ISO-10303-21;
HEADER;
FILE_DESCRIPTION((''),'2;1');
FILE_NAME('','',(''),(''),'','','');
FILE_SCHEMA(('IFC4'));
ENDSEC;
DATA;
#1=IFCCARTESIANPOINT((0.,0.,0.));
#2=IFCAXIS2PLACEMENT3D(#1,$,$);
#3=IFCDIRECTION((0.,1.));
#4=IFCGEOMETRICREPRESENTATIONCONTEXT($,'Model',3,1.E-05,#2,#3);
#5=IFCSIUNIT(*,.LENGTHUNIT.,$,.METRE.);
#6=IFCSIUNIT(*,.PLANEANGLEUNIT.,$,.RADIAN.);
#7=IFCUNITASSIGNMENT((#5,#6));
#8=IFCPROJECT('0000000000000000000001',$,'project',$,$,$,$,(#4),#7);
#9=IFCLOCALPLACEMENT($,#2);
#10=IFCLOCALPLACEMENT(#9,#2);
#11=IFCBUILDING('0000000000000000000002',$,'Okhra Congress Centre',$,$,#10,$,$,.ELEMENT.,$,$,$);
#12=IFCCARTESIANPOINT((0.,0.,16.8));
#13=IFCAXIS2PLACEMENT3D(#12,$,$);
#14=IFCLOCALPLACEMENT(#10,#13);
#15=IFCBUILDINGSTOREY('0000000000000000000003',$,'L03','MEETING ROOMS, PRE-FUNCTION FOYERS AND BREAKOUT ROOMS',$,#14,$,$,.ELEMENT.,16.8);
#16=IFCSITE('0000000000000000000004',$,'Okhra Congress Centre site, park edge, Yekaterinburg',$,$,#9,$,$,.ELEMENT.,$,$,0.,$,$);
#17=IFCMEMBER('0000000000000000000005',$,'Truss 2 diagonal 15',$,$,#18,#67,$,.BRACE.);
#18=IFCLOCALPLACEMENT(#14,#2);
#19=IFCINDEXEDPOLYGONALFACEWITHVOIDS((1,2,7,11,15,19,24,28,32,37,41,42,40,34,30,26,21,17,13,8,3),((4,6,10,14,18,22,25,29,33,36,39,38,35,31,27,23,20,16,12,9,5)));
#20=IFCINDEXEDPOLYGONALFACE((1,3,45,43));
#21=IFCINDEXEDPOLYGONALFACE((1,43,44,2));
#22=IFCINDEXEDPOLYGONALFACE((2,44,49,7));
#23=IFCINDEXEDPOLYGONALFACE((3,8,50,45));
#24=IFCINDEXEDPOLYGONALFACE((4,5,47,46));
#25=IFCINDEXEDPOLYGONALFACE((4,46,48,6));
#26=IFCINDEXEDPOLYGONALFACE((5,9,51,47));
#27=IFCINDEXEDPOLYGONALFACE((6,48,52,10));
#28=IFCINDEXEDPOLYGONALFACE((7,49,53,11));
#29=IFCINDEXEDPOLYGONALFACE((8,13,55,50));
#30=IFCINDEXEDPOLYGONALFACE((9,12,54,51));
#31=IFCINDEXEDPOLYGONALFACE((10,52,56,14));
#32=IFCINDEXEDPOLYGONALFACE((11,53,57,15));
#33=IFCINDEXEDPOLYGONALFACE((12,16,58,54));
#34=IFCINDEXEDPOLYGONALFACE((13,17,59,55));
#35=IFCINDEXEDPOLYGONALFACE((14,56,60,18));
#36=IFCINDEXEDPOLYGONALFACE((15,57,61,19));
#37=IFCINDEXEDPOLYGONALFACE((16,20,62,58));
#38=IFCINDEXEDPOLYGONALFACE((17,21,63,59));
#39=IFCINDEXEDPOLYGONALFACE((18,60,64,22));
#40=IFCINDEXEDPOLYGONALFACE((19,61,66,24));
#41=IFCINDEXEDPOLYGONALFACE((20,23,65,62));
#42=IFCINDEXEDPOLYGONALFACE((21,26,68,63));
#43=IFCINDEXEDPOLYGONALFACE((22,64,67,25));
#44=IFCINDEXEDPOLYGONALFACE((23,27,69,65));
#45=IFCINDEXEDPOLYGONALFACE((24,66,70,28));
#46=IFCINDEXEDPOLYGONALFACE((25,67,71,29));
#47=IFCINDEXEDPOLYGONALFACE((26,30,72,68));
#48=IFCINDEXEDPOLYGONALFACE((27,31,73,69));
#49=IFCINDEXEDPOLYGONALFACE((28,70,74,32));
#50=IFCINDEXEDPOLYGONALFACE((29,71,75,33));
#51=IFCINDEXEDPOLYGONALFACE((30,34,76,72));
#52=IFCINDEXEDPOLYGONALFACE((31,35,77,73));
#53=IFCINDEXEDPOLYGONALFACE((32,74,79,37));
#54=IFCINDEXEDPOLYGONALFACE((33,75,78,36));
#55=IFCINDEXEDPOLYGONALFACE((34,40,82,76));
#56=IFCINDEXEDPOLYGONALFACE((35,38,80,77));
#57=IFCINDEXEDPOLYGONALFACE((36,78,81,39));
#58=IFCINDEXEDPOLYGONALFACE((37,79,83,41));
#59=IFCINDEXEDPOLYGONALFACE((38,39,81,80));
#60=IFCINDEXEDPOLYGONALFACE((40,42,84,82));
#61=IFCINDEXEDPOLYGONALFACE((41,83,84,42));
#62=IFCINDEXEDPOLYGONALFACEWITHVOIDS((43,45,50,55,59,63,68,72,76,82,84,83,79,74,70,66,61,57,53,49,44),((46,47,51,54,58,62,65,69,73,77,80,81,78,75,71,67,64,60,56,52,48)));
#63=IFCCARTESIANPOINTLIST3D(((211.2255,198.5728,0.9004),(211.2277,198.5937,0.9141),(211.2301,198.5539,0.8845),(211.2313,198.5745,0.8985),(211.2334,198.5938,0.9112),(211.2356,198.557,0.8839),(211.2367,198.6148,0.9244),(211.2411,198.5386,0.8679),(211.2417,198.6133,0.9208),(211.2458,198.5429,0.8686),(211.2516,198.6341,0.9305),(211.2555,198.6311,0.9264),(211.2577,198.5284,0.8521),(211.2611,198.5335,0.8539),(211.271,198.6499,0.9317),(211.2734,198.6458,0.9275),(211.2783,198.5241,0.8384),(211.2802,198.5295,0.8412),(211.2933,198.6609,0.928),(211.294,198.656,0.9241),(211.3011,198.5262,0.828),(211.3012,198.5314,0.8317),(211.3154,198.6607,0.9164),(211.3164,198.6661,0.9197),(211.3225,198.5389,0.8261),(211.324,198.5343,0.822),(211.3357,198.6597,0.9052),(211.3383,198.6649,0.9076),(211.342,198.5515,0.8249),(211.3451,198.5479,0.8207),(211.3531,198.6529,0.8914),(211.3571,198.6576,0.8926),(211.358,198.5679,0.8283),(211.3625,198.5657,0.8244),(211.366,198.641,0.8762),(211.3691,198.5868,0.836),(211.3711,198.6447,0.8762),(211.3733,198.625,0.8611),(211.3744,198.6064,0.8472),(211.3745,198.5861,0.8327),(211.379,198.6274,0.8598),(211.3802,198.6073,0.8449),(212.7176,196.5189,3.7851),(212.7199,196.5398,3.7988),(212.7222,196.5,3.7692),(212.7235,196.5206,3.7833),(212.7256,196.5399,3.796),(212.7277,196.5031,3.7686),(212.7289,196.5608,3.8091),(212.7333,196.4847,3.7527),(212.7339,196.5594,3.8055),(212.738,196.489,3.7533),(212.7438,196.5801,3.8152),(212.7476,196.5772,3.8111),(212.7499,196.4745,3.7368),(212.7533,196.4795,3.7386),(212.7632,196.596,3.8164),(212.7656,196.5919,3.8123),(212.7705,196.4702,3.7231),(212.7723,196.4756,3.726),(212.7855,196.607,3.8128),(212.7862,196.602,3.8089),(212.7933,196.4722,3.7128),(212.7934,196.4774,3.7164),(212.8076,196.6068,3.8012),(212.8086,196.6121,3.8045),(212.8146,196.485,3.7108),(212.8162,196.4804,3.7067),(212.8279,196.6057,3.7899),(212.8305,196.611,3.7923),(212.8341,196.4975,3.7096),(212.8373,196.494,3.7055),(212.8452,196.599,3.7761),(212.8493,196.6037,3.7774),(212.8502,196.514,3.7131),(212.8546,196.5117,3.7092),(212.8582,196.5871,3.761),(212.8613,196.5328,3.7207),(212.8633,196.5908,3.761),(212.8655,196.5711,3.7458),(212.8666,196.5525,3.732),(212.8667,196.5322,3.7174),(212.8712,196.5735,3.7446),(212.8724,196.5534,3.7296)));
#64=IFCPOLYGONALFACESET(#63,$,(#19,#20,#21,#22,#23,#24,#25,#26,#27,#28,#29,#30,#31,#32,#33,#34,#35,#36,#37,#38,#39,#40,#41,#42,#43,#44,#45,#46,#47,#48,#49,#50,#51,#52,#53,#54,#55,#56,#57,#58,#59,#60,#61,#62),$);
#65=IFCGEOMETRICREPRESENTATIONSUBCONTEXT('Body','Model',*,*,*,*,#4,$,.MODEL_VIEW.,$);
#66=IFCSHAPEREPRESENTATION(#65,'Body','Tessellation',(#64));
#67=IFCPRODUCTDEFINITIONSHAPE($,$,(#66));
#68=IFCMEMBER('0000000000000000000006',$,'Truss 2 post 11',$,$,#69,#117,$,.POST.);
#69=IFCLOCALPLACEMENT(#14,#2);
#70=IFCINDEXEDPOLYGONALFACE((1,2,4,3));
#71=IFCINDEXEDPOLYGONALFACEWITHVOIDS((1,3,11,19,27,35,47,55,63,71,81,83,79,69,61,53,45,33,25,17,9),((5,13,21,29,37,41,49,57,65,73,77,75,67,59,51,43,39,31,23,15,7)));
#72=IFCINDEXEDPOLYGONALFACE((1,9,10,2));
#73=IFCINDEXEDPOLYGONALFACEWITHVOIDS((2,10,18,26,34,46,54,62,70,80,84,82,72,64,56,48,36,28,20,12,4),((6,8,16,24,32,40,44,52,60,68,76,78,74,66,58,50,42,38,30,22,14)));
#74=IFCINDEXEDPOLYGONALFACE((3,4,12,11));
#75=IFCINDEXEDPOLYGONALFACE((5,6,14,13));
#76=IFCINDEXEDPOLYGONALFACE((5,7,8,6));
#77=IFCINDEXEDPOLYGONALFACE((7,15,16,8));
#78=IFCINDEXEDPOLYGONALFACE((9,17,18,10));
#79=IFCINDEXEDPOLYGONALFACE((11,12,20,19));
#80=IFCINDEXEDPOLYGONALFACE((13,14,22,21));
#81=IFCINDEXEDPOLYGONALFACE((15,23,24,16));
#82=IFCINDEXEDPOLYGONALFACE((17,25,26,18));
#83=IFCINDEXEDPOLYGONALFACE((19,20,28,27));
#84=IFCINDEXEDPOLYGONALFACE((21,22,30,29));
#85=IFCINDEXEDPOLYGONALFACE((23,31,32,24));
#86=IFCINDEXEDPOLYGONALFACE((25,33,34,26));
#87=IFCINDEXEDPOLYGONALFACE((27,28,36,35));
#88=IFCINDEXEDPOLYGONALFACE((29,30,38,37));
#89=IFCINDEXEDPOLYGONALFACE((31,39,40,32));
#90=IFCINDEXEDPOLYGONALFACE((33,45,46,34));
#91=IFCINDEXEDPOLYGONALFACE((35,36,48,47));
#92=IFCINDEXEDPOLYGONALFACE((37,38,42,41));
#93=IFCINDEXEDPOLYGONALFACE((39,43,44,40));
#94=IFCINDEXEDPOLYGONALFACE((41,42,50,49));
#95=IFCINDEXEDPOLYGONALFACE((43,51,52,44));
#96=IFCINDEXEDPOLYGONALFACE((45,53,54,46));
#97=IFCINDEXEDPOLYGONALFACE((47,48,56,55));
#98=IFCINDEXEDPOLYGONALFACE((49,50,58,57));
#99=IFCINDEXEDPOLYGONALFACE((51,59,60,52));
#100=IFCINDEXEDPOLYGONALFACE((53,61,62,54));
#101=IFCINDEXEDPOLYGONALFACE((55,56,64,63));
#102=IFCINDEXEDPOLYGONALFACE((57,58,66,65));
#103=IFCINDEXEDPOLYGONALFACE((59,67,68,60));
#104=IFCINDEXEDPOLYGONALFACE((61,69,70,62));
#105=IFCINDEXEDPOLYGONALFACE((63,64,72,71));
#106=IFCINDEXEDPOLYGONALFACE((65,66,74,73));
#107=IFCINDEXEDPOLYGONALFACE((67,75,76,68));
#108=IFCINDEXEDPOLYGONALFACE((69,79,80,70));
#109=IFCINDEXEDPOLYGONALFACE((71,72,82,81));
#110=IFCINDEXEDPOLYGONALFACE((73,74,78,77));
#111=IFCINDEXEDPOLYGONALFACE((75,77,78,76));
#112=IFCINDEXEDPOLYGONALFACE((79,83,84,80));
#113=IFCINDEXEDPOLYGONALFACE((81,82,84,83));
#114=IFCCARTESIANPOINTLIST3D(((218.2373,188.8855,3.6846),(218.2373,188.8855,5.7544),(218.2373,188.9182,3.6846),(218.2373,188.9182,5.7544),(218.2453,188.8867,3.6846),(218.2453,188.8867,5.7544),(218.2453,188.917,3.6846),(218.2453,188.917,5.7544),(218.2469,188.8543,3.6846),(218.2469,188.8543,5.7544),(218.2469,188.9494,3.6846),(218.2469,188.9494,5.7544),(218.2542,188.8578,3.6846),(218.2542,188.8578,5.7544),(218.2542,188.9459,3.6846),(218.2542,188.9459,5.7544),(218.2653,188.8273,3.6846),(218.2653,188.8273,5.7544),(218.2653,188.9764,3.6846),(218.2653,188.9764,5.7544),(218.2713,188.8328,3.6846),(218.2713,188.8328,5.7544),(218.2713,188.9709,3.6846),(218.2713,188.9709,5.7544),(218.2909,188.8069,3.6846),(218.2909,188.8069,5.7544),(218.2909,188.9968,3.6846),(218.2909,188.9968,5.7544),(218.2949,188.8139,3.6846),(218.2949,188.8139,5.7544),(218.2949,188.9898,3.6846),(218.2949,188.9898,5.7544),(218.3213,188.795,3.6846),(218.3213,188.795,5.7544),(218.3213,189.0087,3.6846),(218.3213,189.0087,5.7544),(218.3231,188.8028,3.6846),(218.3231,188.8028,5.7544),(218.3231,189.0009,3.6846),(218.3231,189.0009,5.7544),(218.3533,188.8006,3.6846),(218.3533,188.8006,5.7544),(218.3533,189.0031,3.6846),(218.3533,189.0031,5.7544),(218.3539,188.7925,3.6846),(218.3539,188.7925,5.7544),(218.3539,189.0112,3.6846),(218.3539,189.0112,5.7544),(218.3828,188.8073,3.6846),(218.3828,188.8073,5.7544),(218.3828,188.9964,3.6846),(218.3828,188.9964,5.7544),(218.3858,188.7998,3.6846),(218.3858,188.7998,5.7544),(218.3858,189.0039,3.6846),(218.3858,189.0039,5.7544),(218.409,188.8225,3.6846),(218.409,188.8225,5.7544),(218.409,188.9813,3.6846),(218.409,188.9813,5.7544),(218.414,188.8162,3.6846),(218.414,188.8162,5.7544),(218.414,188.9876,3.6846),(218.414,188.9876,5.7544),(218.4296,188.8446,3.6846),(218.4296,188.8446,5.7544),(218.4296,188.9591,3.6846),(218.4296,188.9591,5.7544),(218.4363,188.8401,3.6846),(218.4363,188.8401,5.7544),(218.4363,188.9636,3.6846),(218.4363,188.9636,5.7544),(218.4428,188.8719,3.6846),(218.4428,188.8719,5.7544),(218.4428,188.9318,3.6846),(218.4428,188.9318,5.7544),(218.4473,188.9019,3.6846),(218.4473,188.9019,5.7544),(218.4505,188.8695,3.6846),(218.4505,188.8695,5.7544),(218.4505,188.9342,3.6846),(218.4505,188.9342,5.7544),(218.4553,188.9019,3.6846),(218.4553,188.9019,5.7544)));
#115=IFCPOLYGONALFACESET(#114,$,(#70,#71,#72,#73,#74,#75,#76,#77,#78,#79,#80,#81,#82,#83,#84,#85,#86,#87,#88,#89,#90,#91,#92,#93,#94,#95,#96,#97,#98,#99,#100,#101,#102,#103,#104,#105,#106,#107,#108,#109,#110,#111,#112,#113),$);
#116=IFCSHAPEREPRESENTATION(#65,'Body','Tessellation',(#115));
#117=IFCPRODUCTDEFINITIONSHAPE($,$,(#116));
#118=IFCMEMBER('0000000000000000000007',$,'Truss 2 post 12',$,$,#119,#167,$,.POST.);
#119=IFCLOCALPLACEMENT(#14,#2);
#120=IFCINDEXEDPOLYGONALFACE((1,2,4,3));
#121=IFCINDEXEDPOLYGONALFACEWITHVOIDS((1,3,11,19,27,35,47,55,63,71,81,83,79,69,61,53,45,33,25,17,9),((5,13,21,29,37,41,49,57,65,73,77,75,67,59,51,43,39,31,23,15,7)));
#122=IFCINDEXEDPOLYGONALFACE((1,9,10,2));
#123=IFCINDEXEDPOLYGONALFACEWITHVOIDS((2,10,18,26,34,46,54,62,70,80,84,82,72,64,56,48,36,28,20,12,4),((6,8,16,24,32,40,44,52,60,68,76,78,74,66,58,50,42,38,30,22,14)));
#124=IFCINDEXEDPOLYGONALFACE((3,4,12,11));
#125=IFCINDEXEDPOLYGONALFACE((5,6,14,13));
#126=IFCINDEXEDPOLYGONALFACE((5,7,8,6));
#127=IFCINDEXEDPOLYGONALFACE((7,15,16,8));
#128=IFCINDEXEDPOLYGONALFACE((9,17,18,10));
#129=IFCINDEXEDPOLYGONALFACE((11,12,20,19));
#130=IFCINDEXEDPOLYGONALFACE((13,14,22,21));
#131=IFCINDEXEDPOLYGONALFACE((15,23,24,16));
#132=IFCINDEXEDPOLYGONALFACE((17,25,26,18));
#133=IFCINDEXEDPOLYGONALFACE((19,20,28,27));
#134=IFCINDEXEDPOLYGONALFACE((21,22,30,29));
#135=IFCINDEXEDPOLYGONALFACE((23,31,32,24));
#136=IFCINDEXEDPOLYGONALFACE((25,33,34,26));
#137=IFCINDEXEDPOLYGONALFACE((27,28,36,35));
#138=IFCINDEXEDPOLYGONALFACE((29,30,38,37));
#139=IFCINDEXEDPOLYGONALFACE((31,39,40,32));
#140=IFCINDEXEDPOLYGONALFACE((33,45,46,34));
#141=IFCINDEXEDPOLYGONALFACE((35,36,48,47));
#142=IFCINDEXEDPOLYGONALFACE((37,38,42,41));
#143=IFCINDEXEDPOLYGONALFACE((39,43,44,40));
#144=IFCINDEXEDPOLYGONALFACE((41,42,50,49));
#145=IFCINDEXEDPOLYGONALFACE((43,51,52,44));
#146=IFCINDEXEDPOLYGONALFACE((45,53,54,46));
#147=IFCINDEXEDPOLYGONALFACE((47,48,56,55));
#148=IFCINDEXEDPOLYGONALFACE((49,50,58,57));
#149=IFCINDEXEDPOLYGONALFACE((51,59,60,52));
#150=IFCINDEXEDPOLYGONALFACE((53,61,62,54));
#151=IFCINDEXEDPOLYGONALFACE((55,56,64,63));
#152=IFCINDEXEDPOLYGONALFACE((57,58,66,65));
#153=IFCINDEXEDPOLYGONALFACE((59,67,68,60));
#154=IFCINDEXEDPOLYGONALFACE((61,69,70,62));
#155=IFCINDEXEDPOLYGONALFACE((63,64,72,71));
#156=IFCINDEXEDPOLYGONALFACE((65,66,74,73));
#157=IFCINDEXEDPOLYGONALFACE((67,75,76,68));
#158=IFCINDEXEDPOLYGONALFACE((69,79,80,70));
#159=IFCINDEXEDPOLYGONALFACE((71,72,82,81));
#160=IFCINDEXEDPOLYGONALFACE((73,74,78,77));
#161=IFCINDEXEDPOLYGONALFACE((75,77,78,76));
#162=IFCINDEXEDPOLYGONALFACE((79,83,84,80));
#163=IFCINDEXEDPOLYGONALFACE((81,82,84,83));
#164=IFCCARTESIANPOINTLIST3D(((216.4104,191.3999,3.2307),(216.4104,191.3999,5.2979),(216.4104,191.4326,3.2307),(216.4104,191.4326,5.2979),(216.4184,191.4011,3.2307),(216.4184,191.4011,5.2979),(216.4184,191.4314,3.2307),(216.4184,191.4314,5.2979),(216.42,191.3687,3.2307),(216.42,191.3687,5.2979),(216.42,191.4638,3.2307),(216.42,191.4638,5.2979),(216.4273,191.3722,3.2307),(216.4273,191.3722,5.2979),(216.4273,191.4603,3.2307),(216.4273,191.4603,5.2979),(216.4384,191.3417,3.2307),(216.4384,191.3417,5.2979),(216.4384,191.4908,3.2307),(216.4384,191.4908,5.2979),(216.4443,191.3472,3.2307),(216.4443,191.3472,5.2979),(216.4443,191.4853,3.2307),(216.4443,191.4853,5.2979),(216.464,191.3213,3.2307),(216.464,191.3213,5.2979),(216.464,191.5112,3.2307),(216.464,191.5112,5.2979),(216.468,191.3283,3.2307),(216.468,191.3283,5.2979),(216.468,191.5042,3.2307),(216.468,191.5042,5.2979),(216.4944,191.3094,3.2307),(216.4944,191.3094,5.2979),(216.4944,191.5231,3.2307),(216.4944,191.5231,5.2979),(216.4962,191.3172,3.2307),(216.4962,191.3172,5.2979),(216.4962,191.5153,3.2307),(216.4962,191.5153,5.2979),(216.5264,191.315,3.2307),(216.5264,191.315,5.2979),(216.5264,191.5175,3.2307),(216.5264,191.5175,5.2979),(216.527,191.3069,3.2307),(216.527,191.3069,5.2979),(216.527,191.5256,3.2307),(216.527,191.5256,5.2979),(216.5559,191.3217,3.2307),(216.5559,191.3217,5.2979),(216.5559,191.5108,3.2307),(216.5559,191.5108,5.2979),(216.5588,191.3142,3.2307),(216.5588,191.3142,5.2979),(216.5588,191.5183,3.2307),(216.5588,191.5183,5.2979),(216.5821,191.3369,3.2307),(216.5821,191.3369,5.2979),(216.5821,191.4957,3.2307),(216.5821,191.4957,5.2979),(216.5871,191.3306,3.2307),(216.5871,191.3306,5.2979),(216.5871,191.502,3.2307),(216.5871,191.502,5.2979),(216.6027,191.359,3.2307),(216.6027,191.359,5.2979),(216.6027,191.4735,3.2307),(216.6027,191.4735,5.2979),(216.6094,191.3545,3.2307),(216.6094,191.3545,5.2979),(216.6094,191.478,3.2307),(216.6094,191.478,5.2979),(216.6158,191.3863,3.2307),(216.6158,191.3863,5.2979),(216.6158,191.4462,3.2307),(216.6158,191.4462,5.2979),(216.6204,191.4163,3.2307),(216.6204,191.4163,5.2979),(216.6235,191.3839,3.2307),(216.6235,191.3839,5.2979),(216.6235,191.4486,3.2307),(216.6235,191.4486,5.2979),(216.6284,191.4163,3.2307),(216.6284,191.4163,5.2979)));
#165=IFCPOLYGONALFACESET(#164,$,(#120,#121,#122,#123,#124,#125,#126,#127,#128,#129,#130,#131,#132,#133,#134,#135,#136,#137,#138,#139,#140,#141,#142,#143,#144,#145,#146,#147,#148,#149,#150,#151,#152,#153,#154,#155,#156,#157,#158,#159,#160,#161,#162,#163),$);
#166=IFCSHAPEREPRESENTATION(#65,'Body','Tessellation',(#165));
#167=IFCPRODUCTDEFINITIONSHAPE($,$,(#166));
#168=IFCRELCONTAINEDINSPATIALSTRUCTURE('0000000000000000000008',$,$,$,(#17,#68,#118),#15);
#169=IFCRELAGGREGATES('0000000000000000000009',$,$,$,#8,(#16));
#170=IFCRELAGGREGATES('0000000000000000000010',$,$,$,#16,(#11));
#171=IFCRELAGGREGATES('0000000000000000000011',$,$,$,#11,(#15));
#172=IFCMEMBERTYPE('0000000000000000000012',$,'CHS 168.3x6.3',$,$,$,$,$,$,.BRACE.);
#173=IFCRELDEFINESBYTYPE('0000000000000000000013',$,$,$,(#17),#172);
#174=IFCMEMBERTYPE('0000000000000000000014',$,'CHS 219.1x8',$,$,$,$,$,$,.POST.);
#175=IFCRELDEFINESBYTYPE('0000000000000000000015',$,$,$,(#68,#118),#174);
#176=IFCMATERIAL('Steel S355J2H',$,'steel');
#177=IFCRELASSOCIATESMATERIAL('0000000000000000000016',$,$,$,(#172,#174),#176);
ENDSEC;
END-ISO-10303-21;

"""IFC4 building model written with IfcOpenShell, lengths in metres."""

from ifc_helpers import new_model, si_unit, direction, frame, origin, origin_2d, place, context, subcontext, project, spatial, hollow_circle, extrude, material, material_profile, profile_set, type_object, element, save


model = new_model("IFC4")

# Units and contexts
model_context = context("Model", 3, precision=1e-05, world=origin(), true_north=direction((0.0, 1.0)))
body_context = subcontext(model_context, "Body", "Model", "MODEL_VIEW")
ifc_project = project(units=[si_unit("LENGTHUNIT", "METRE"), si_unit("PLANEANGLEUNIT", "RADIAN")], contexts=[model_context])

# Site, building, storey
site_placement = place(None, origin())
site = spatial("IfcSite", under=ifc_project, at=site_placement, Name="Okhra Congress Centre site, park edge, Yekaterinburg", CompositionType="ELEMENT", RefElevation=0.0)
building_placement = place(site_placement, origin())
building = spatial("IfcBuilding", under=site, at=building_placement, Name="Okhra Congress Centre", CompositionType="ELEMENT")
storey_placement = place(building_placement, frame((0.0, 0.0, 16.8)))
storey = spatial("IfcBuildingStorey", under=building, at=storey_placement, Name="L03", Description="MEETING ROOMS, PRE-FUNCTION FOYERS AND BREAKOUT ROOMS", CompositionType="ELEMENT", Elevation=16.8)

# Members
ifc_material_1 = material(Name="Steel S355J2H", Category="steel")
ifc_material_profile_1 = material_profile(ifc_material_1, hollow_circle(Radius=0.0842, WallThickness=0.0063, at=origin_2d()), Name="CHS 168.3x6.3")
ifc_profile_set_1 = profile_set([ifc_material_profile_1], Name="Steel S355J2H")
member_type_1 = type_object("IfcMemberType", Name="CHS 168.3x6.3", PredefinedType="BRACE", material=ifc_profile_set_1)
member_1_placement = place(storey_placement, frame((211.303, 198.5952, 0.8762), z_axis=(0.388306, -0.534492, 0.750691), x_axis=(0.809035, 0.58776, 0.0)))
element("IfcMember", 1, at=member_1_placement, inside=storey, type_object=member_type_1, Name="Truss 2 diagonal 15", PredefinedType="BRACE", context=body_context, shape_type="SweptSolid", body=[
    extrude(hollow_circle(Radius=0.0842, WallThickness=0.0063, at=origin_2d()), origin(), (0.0, 0.0, 1.0), 3.8428),
])
ifc_material_profile_2 = material_profile(ifc_material_1, hollow_circle(Radius=0.1096, WallThickness=0.0081, at=origin_2d()), Name="CHS 219.1x8")
ifc_profile_set_2 = profile_set([ifc_material_profile_2], Name="Steel S355J2H")
member_type_2 = type_object("IfcMemberType", Name="CHS 219.1x8", PredefinedType="POST", material=ifc_profile_set_2)
member_2_placement = place(storey_placement, frame((218.3457, 188.9019, 3.6846), z_axis=(0.0, 0.0, 1.0), x_axis=(1.0, 0.0, 0.0)))
element("IfcMember", 2, at=member_2_placement, inside=storey, type_object=member_type_2, Name="Truss 2 post 11", PredefinedType="POST", context=body_context, shape_type="SweptSolid", body=[
    extrude(hollow_circle(Radius=0.1096, WallThickness=0.0081, at=origin_2d()), origin(), (0.0, 0.0, 1.0), 2.0698),
])
member_3_placement = place(storey_placement, frame((216.5188, 191.4163, 3.2307), z_axis=(0.0, 0.0, 1.0), x_axis=(1.0, 0.0, 0.0)))
element("IfcMember", 3, at=member_3_placement, inside=storey, type_object=member_type_2, Name="Truss 2 post 12", PredefinedType="POST", context=body_context, shape_type="SweptSolid", body=[
    extrude(hollow_circle(Radius=0.1096, WallThickness=0.0081, at=origin_2d()), origin(), (0.0, 0.0, 1.0), 2.0671),
])

save(model, "model.ifc")
